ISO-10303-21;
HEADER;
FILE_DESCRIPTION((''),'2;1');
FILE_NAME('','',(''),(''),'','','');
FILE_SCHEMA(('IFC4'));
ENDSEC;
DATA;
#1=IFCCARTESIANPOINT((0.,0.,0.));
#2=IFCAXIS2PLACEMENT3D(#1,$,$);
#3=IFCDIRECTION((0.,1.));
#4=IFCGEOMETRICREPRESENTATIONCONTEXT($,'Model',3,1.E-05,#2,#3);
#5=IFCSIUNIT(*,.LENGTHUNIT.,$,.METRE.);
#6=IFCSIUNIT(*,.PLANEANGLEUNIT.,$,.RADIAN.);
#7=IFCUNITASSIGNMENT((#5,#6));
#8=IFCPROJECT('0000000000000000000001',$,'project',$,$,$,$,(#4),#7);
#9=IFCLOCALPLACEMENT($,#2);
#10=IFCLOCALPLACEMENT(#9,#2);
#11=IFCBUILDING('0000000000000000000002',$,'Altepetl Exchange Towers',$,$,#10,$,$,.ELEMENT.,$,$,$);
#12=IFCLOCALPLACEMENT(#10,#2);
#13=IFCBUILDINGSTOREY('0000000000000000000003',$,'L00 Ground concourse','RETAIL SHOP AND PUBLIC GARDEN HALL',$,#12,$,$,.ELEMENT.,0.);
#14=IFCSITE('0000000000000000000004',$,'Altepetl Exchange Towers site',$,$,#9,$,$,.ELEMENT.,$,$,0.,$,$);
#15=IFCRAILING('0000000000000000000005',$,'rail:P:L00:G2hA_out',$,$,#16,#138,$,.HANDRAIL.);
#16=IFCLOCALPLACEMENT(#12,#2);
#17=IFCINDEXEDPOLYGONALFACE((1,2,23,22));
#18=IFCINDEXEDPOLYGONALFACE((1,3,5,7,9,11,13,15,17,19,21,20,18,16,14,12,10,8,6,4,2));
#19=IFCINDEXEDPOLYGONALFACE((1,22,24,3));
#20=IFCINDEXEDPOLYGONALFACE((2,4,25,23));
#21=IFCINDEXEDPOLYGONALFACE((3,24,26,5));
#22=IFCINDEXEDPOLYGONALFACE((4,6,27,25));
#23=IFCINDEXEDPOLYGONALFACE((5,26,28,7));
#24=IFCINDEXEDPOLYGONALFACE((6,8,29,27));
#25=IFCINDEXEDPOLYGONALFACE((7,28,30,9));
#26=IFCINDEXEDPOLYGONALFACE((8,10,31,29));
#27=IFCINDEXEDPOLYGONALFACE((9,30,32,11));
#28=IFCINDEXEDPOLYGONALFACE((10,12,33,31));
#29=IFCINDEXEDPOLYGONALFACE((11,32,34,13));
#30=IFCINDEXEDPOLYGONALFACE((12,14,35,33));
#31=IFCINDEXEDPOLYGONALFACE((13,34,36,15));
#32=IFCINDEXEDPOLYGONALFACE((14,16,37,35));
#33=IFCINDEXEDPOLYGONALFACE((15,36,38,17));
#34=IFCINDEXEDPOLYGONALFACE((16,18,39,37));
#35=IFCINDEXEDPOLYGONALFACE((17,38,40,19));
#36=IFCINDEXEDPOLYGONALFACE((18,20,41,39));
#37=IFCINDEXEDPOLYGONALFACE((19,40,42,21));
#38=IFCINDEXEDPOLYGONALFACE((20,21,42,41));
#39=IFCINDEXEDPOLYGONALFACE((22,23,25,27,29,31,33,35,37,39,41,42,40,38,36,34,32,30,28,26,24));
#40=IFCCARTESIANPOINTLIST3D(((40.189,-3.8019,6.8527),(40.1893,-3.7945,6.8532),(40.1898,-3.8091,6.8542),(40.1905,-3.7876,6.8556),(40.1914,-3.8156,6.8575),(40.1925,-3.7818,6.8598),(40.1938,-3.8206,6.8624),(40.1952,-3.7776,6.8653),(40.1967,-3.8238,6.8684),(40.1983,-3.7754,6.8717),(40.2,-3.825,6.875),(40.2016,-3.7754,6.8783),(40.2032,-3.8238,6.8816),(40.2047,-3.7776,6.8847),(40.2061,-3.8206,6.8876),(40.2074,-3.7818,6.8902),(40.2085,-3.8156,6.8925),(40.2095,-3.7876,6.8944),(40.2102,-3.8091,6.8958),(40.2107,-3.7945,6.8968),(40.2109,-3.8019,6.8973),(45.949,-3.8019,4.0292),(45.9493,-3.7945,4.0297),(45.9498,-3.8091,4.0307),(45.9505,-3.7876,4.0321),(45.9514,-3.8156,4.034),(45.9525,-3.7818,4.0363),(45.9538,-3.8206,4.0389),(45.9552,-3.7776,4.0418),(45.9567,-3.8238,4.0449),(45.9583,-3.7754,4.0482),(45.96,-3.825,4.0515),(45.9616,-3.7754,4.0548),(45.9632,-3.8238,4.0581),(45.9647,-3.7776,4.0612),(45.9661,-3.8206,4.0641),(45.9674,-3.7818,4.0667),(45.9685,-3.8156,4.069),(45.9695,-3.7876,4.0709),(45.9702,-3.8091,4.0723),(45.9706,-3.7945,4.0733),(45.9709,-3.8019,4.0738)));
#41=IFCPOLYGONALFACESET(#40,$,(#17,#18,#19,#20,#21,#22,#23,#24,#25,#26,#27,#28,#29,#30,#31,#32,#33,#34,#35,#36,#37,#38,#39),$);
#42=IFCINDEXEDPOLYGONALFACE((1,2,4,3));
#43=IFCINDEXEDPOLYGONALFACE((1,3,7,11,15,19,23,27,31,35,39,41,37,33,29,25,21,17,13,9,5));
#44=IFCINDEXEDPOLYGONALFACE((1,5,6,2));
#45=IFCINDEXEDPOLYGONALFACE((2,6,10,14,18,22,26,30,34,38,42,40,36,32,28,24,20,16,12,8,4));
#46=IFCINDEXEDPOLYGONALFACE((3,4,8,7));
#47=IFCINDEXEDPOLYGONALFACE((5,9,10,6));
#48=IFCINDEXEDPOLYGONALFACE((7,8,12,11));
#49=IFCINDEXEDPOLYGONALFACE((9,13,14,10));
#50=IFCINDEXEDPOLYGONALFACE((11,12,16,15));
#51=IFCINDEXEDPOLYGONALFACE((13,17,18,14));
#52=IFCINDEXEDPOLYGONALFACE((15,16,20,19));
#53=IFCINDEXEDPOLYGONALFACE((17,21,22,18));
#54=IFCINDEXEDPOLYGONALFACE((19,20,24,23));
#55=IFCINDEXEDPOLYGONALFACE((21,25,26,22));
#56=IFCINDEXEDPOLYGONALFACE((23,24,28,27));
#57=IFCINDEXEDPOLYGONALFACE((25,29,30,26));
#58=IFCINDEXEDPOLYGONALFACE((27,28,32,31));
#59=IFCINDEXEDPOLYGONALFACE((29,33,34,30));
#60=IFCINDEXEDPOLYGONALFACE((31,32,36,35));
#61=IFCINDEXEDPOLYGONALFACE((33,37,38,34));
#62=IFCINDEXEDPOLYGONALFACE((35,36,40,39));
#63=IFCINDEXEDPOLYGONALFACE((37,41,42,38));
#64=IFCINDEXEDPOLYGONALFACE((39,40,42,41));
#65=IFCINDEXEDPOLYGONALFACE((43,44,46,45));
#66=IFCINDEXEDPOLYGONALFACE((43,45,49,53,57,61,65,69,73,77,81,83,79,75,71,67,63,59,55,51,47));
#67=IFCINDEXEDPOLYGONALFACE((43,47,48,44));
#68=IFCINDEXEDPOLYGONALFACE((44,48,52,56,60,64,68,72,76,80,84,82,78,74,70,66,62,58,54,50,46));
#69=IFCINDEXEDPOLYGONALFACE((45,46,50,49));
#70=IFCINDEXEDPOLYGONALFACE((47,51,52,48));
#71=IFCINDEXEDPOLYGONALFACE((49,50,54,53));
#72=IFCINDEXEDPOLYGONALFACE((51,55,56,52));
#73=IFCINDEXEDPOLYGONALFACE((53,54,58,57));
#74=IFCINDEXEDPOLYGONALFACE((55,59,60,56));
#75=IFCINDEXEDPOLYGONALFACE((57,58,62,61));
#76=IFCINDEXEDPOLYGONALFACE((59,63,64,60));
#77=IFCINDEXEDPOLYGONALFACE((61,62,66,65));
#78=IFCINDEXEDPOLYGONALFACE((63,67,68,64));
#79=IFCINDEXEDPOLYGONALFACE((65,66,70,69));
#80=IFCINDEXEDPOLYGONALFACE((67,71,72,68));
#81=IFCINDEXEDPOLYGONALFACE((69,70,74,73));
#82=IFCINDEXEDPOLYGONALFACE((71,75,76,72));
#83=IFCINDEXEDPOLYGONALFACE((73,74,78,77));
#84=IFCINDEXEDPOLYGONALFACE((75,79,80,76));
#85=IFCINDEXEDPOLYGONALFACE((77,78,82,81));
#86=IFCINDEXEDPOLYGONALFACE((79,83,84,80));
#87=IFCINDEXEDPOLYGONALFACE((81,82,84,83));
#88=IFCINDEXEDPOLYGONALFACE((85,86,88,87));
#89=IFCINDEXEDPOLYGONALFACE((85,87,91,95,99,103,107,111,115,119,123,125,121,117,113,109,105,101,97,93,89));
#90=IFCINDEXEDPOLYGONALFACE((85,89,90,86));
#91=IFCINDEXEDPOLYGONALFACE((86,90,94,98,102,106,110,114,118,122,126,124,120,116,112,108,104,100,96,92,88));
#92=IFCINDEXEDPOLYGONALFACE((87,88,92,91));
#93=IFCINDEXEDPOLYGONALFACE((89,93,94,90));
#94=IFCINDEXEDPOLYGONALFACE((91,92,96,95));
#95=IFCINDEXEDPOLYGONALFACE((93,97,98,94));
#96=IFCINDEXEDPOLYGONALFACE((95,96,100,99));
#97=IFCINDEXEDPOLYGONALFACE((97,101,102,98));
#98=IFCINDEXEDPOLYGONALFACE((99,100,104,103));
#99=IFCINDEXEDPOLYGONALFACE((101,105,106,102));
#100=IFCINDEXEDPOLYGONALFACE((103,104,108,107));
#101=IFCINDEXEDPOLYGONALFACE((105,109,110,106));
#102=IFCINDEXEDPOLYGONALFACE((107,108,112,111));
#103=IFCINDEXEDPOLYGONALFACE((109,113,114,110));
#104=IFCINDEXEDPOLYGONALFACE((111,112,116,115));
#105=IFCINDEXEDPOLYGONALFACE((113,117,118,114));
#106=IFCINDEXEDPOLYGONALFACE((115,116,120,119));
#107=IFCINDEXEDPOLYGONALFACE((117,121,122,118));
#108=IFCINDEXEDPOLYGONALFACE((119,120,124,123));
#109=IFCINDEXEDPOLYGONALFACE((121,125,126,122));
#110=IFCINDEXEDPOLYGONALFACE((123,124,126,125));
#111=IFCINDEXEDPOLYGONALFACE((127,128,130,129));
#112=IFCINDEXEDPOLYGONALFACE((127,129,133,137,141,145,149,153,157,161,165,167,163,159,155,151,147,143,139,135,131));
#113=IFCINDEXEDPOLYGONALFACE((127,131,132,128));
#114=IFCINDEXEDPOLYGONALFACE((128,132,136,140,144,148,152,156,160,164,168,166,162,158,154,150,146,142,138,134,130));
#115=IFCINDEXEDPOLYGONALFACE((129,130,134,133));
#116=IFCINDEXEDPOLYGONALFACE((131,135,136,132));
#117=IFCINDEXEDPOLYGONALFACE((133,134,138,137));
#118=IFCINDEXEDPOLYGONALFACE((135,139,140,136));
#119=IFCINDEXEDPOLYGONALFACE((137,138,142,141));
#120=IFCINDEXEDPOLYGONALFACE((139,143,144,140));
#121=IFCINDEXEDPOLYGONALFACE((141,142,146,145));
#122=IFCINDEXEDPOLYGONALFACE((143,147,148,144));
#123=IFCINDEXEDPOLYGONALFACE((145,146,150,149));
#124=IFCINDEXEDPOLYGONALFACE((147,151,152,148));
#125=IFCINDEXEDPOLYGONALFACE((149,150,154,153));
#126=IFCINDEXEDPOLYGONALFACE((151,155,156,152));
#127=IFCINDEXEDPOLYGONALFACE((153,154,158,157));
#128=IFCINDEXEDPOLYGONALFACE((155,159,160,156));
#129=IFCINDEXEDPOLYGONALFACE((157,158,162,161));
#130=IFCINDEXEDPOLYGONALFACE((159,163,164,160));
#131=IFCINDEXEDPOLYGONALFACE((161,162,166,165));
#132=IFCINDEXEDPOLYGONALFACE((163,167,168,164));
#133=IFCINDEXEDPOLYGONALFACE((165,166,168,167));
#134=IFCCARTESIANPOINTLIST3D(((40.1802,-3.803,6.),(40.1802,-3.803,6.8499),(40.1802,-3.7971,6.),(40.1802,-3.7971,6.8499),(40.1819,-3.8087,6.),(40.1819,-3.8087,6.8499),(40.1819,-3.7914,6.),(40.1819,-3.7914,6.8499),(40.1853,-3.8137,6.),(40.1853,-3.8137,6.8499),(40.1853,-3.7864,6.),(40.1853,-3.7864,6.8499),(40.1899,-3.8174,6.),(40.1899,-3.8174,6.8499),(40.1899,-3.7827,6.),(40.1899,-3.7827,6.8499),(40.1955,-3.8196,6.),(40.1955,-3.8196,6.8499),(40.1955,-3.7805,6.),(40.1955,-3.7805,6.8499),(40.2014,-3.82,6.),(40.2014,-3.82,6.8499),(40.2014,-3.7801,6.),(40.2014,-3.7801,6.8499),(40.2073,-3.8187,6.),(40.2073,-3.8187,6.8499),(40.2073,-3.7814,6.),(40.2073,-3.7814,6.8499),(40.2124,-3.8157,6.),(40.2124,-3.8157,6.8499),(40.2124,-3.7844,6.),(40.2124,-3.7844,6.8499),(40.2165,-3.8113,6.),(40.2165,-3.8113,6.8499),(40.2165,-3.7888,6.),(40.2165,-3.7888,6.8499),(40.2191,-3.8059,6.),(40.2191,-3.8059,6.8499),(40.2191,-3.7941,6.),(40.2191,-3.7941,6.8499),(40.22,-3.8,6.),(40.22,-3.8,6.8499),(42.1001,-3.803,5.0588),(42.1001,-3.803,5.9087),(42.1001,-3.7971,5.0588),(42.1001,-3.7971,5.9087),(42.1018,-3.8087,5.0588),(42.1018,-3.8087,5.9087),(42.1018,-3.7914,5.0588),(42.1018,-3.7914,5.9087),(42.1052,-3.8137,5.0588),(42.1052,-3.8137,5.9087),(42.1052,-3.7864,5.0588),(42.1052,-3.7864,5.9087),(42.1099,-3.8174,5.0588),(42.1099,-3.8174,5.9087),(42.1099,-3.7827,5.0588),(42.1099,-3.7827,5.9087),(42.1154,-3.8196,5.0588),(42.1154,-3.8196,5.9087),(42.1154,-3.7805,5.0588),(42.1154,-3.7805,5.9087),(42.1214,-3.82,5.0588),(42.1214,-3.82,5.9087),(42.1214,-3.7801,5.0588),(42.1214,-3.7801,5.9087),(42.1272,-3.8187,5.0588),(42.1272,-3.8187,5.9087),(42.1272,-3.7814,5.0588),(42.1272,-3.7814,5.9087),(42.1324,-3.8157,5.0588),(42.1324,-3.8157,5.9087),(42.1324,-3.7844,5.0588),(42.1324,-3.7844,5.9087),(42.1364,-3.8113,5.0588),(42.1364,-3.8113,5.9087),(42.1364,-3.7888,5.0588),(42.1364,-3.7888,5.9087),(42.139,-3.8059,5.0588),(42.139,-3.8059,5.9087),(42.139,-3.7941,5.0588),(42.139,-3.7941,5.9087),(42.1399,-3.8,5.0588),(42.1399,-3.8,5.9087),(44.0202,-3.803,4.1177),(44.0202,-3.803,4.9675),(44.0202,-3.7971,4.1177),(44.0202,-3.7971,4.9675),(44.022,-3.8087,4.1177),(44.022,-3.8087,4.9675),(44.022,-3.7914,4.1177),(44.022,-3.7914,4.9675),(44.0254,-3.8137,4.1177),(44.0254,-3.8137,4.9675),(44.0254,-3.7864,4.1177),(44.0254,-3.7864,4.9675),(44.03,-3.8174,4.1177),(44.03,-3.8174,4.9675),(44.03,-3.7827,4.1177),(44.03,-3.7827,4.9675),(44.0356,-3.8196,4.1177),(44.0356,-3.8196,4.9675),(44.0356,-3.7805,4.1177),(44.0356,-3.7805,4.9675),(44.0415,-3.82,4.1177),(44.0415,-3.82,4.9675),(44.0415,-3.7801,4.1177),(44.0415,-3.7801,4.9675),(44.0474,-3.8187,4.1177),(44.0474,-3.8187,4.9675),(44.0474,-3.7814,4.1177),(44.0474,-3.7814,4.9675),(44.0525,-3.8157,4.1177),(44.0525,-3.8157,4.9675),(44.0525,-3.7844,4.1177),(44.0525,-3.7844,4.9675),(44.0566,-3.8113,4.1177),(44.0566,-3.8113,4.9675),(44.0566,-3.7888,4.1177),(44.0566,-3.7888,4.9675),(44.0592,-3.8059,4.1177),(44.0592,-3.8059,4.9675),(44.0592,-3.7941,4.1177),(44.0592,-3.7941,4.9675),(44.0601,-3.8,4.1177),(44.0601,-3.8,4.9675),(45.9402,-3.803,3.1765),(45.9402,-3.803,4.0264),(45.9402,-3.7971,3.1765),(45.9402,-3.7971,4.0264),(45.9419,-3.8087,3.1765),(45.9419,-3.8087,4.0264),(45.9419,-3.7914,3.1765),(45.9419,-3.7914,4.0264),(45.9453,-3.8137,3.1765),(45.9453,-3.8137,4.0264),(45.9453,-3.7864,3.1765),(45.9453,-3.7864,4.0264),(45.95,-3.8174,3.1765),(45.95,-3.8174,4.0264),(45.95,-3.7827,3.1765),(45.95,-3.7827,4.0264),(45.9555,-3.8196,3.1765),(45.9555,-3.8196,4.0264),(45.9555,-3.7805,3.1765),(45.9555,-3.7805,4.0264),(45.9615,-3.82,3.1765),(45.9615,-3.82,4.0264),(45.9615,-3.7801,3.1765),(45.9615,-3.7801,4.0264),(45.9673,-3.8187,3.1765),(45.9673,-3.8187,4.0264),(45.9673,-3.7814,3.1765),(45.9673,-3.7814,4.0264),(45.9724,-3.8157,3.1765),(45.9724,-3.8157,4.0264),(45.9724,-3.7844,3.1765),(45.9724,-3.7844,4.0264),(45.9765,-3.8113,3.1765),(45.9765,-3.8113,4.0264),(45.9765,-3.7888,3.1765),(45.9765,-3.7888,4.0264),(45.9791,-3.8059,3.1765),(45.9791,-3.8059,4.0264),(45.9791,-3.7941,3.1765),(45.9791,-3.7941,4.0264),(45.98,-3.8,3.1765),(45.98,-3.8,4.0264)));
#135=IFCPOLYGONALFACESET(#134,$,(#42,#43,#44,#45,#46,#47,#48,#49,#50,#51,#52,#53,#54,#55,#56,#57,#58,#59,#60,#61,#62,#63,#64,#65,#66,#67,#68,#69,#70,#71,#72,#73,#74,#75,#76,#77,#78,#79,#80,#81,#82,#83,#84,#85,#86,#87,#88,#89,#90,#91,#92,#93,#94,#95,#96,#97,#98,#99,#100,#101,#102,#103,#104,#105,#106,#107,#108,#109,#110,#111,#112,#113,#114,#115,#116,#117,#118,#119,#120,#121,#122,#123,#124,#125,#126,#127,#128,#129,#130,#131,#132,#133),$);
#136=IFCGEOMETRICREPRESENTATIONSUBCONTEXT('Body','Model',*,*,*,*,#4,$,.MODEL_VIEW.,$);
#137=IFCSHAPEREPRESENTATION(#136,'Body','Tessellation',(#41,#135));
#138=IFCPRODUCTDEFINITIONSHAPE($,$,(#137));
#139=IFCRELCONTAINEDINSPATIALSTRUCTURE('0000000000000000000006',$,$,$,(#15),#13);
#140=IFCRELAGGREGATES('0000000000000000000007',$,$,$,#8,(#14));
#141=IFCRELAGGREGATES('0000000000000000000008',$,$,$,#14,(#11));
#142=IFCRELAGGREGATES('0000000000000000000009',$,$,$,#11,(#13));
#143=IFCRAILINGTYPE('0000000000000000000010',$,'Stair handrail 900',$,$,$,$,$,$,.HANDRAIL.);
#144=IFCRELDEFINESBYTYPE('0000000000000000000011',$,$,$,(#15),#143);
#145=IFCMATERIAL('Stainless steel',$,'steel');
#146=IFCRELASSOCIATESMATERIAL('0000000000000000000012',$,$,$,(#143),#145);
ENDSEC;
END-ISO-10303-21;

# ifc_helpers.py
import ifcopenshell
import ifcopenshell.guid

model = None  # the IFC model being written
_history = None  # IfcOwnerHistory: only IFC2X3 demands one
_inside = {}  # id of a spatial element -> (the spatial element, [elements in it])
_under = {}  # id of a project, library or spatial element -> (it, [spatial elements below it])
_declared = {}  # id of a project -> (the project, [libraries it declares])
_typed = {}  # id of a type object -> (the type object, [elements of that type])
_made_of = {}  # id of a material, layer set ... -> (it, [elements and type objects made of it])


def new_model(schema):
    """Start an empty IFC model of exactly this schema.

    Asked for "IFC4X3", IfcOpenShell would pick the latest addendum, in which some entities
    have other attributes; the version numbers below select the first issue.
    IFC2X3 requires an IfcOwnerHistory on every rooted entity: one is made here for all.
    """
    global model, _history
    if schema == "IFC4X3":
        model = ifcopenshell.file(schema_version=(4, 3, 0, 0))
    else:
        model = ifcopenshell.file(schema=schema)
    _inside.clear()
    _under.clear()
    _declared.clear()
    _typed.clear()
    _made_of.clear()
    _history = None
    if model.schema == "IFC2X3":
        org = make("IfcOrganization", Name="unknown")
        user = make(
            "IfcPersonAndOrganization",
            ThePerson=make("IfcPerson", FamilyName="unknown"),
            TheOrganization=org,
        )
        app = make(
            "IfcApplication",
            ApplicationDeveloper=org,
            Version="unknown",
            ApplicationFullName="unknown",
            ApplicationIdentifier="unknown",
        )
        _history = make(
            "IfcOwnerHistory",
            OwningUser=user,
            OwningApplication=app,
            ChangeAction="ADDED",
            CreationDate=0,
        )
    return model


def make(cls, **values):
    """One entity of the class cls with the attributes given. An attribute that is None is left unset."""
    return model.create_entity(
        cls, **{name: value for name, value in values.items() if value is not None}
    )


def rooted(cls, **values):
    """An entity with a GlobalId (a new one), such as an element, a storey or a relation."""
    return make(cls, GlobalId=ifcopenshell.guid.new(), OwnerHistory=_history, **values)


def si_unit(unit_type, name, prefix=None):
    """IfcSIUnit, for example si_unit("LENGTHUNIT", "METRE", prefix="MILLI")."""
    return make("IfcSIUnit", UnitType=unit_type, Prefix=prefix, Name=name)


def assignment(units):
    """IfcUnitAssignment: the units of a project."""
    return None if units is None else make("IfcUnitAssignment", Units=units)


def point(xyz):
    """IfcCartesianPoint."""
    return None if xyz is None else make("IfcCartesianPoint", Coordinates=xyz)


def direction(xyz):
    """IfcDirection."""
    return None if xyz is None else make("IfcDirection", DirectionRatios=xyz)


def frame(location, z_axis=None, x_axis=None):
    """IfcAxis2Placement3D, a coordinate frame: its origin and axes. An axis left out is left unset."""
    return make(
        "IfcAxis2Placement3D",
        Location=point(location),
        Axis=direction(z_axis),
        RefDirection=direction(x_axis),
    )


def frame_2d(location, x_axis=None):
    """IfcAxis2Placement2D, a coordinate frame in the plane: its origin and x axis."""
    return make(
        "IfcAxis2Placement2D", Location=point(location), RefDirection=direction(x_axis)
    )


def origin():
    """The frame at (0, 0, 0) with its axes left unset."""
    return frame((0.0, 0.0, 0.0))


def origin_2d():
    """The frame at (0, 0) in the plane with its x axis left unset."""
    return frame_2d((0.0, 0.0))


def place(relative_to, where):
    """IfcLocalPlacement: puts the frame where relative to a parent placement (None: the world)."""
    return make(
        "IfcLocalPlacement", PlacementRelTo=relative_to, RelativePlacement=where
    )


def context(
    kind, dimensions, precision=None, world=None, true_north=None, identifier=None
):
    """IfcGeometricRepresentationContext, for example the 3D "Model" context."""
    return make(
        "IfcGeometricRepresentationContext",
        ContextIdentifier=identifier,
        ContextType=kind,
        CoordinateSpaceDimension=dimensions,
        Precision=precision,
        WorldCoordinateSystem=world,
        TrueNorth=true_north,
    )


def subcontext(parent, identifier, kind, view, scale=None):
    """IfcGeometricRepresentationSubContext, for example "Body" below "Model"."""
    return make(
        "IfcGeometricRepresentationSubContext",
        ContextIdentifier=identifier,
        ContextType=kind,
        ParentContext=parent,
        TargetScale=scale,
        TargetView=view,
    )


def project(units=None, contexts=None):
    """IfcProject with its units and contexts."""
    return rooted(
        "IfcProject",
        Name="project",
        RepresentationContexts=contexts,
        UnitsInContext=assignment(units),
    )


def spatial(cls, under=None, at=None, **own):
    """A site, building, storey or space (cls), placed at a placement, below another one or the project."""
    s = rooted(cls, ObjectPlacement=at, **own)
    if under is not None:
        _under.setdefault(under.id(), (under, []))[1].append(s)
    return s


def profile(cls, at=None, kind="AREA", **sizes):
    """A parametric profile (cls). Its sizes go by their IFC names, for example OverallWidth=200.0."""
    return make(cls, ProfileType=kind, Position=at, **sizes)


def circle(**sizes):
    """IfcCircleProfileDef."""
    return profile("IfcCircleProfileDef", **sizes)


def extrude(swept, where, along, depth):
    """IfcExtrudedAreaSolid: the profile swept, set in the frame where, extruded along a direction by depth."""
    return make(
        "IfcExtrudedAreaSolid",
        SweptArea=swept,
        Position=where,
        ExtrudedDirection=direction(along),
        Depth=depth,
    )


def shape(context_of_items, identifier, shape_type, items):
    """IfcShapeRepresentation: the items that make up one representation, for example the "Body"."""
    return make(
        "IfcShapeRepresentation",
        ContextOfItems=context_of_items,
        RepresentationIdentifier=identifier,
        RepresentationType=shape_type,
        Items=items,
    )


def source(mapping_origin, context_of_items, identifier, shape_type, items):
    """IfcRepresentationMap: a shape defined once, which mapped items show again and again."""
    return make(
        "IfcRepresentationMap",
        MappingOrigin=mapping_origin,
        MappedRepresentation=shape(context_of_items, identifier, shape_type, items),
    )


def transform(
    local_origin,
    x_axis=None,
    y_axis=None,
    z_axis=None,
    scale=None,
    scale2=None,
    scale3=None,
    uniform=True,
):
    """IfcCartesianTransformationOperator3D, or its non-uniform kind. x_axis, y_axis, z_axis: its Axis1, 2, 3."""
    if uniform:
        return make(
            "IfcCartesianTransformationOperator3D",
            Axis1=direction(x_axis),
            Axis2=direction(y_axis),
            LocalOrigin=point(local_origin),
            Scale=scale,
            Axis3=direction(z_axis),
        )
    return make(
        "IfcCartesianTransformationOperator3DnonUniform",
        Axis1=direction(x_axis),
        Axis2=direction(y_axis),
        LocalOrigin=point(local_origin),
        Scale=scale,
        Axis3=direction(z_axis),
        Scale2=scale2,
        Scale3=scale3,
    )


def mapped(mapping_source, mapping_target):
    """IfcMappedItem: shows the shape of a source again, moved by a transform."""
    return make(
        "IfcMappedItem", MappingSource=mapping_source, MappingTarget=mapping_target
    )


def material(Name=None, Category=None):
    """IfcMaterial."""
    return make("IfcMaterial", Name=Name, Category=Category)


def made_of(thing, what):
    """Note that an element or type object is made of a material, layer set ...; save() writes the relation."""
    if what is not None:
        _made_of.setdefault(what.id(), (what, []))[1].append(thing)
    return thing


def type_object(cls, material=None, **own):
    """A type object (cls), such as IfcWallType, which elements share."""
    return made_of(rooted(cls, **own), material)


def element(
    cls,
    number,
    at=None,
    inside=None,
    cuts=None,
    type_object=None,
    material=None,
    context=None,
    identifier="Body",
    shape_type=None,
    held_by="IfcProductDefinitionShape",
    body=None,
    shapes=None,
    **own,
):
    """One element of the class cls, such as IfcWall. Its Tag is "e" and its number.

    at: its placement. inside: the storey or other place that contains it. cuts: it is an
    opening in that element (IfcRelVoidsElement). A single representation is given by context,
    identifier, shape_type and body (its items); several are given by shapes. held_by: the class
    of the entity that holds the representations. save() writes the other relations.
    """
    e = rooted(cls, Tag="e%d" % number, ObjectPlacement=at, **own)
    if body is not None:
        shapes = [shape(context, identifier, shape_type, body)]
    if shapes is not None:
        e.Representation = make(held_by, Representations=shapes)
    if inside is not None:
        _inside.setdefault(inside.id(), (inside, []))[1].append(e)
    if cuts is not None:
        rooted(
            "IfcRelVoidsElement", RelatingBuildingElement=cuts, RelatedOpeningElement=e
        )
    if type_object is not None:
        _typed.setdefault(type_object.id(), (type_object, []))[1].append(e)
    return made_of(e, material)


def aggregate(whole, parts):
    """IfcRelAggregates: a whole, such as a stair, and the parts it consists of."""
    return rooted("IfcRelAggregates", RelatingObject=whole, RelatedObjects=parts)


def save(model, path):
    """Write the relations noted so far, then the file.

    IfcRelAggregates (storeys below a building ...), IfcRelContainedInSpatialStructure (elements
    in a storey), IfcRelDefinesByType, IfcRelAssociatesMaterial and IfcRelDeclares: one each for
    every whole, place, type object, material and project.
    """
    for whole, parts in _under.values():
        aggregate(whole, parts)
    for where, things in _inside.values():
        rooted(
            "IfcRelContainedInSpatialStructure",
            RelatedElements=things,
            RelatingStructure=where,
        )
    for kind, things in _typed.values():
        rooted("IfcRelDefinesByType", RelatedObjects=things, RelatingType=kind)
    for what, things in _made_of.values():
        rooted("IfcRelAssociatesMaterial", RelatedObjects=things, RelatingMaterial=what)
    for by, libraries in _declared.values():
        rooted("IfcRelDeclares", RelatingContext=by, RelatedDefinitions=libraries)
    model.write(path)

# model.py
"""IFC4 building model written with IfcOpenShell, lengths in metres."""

from ifc_helpers import new_model, si_unit, direction, frame, origin, origin_2d, place, context, subcontext, project, spatial, circle, extrude, source, transform, mapped, material, type_object, element, save


model = new_model("IFC4")

# Units and contexts
model_context = context("Model", 3, precision=1e-05, world=origin(), true_north=direction((0.0, 1.0)))
body_context = subcontext(model_context, "Body", "Model", "MODEL_VIEW")
ifc_project = project(units=[si_unit("LENGTHUNIT", "METRE"), si_unit("PLANEANGLEUNIT", "RADIAN")], contexts=[model_context])

# Site, building, storey
site_placement = place(None, origin())
site = spatial("IfcSite", under=ifc_project, at=site_placement, Name="Altepetl Exchange Towers site", CompositionType="ELEMENT", RefElevation=0.0)
building_placement = place(site_placement, origin())
building = spatial("IfcBuilding", under=site, at=building_placement, Name="Altepetl Exchange Towers", CompositionType="ELEMENT")
storey_placement = place(building_placement, origin())
storey = spatial("IfcBuildingStorey", under=building, at=storey_placement, Name="L00 Ground concourse", Description="RETAIL SHOP AND PUBLIC GARDEN HALL", CompositionType="ELEMENT", Elevation=0.0)

# Railing
ifc_material_1 = material(Name="Stainless steel", Category="steel")
railing_type_1 = type_object("IfcRailingType", Name="Stair handrail 900", PredefinedType="HANDRAIL", material=ifc_material_1)
shared_shape_1 = source(origin(), body_context, "Body", "SweptSolid", [
    extrude(circle(Radius=0.02, at=origin_2d()), origin(), (0.0, 0.0, 1.0), 0.8499),
])
for number, where, name in (
    (1, (45.96, -3.8, 3.1765), "rail:P:L00:G2hA_out"),
):
    element("IfcRailing", number, at=place(storey_placement, frame(where)), inside=storey, type_object=railing_type_1, Name=name, PredefinedType="HANDRAIL", context=body_context, shape_type="SweptSolid", body=[
        extrude(circle(Radius=0.0249, at=origin_2d()), frame((0.0, 0.0, 0.875), z_axis=(-0.897924, 0.0, 0.440151), x_axis=(0.0, -1.0, 0.0)), (0.0, 0.0, 1.0), 6.4148),
        mapped(shared_shape_1, transform((0.0, 0.0, 0.0))),
        mapped(shared_shape_1, transform((-1.9199, 0.0, 0.9412))),
        mapped(shared_shape_1, transform((-3.8401, 0.0, 1.8823))),
        mapped(shared_shape_1, transform((-5.76, 0.0, 2.8235))),
    ])

save(model, "model.ifc")
